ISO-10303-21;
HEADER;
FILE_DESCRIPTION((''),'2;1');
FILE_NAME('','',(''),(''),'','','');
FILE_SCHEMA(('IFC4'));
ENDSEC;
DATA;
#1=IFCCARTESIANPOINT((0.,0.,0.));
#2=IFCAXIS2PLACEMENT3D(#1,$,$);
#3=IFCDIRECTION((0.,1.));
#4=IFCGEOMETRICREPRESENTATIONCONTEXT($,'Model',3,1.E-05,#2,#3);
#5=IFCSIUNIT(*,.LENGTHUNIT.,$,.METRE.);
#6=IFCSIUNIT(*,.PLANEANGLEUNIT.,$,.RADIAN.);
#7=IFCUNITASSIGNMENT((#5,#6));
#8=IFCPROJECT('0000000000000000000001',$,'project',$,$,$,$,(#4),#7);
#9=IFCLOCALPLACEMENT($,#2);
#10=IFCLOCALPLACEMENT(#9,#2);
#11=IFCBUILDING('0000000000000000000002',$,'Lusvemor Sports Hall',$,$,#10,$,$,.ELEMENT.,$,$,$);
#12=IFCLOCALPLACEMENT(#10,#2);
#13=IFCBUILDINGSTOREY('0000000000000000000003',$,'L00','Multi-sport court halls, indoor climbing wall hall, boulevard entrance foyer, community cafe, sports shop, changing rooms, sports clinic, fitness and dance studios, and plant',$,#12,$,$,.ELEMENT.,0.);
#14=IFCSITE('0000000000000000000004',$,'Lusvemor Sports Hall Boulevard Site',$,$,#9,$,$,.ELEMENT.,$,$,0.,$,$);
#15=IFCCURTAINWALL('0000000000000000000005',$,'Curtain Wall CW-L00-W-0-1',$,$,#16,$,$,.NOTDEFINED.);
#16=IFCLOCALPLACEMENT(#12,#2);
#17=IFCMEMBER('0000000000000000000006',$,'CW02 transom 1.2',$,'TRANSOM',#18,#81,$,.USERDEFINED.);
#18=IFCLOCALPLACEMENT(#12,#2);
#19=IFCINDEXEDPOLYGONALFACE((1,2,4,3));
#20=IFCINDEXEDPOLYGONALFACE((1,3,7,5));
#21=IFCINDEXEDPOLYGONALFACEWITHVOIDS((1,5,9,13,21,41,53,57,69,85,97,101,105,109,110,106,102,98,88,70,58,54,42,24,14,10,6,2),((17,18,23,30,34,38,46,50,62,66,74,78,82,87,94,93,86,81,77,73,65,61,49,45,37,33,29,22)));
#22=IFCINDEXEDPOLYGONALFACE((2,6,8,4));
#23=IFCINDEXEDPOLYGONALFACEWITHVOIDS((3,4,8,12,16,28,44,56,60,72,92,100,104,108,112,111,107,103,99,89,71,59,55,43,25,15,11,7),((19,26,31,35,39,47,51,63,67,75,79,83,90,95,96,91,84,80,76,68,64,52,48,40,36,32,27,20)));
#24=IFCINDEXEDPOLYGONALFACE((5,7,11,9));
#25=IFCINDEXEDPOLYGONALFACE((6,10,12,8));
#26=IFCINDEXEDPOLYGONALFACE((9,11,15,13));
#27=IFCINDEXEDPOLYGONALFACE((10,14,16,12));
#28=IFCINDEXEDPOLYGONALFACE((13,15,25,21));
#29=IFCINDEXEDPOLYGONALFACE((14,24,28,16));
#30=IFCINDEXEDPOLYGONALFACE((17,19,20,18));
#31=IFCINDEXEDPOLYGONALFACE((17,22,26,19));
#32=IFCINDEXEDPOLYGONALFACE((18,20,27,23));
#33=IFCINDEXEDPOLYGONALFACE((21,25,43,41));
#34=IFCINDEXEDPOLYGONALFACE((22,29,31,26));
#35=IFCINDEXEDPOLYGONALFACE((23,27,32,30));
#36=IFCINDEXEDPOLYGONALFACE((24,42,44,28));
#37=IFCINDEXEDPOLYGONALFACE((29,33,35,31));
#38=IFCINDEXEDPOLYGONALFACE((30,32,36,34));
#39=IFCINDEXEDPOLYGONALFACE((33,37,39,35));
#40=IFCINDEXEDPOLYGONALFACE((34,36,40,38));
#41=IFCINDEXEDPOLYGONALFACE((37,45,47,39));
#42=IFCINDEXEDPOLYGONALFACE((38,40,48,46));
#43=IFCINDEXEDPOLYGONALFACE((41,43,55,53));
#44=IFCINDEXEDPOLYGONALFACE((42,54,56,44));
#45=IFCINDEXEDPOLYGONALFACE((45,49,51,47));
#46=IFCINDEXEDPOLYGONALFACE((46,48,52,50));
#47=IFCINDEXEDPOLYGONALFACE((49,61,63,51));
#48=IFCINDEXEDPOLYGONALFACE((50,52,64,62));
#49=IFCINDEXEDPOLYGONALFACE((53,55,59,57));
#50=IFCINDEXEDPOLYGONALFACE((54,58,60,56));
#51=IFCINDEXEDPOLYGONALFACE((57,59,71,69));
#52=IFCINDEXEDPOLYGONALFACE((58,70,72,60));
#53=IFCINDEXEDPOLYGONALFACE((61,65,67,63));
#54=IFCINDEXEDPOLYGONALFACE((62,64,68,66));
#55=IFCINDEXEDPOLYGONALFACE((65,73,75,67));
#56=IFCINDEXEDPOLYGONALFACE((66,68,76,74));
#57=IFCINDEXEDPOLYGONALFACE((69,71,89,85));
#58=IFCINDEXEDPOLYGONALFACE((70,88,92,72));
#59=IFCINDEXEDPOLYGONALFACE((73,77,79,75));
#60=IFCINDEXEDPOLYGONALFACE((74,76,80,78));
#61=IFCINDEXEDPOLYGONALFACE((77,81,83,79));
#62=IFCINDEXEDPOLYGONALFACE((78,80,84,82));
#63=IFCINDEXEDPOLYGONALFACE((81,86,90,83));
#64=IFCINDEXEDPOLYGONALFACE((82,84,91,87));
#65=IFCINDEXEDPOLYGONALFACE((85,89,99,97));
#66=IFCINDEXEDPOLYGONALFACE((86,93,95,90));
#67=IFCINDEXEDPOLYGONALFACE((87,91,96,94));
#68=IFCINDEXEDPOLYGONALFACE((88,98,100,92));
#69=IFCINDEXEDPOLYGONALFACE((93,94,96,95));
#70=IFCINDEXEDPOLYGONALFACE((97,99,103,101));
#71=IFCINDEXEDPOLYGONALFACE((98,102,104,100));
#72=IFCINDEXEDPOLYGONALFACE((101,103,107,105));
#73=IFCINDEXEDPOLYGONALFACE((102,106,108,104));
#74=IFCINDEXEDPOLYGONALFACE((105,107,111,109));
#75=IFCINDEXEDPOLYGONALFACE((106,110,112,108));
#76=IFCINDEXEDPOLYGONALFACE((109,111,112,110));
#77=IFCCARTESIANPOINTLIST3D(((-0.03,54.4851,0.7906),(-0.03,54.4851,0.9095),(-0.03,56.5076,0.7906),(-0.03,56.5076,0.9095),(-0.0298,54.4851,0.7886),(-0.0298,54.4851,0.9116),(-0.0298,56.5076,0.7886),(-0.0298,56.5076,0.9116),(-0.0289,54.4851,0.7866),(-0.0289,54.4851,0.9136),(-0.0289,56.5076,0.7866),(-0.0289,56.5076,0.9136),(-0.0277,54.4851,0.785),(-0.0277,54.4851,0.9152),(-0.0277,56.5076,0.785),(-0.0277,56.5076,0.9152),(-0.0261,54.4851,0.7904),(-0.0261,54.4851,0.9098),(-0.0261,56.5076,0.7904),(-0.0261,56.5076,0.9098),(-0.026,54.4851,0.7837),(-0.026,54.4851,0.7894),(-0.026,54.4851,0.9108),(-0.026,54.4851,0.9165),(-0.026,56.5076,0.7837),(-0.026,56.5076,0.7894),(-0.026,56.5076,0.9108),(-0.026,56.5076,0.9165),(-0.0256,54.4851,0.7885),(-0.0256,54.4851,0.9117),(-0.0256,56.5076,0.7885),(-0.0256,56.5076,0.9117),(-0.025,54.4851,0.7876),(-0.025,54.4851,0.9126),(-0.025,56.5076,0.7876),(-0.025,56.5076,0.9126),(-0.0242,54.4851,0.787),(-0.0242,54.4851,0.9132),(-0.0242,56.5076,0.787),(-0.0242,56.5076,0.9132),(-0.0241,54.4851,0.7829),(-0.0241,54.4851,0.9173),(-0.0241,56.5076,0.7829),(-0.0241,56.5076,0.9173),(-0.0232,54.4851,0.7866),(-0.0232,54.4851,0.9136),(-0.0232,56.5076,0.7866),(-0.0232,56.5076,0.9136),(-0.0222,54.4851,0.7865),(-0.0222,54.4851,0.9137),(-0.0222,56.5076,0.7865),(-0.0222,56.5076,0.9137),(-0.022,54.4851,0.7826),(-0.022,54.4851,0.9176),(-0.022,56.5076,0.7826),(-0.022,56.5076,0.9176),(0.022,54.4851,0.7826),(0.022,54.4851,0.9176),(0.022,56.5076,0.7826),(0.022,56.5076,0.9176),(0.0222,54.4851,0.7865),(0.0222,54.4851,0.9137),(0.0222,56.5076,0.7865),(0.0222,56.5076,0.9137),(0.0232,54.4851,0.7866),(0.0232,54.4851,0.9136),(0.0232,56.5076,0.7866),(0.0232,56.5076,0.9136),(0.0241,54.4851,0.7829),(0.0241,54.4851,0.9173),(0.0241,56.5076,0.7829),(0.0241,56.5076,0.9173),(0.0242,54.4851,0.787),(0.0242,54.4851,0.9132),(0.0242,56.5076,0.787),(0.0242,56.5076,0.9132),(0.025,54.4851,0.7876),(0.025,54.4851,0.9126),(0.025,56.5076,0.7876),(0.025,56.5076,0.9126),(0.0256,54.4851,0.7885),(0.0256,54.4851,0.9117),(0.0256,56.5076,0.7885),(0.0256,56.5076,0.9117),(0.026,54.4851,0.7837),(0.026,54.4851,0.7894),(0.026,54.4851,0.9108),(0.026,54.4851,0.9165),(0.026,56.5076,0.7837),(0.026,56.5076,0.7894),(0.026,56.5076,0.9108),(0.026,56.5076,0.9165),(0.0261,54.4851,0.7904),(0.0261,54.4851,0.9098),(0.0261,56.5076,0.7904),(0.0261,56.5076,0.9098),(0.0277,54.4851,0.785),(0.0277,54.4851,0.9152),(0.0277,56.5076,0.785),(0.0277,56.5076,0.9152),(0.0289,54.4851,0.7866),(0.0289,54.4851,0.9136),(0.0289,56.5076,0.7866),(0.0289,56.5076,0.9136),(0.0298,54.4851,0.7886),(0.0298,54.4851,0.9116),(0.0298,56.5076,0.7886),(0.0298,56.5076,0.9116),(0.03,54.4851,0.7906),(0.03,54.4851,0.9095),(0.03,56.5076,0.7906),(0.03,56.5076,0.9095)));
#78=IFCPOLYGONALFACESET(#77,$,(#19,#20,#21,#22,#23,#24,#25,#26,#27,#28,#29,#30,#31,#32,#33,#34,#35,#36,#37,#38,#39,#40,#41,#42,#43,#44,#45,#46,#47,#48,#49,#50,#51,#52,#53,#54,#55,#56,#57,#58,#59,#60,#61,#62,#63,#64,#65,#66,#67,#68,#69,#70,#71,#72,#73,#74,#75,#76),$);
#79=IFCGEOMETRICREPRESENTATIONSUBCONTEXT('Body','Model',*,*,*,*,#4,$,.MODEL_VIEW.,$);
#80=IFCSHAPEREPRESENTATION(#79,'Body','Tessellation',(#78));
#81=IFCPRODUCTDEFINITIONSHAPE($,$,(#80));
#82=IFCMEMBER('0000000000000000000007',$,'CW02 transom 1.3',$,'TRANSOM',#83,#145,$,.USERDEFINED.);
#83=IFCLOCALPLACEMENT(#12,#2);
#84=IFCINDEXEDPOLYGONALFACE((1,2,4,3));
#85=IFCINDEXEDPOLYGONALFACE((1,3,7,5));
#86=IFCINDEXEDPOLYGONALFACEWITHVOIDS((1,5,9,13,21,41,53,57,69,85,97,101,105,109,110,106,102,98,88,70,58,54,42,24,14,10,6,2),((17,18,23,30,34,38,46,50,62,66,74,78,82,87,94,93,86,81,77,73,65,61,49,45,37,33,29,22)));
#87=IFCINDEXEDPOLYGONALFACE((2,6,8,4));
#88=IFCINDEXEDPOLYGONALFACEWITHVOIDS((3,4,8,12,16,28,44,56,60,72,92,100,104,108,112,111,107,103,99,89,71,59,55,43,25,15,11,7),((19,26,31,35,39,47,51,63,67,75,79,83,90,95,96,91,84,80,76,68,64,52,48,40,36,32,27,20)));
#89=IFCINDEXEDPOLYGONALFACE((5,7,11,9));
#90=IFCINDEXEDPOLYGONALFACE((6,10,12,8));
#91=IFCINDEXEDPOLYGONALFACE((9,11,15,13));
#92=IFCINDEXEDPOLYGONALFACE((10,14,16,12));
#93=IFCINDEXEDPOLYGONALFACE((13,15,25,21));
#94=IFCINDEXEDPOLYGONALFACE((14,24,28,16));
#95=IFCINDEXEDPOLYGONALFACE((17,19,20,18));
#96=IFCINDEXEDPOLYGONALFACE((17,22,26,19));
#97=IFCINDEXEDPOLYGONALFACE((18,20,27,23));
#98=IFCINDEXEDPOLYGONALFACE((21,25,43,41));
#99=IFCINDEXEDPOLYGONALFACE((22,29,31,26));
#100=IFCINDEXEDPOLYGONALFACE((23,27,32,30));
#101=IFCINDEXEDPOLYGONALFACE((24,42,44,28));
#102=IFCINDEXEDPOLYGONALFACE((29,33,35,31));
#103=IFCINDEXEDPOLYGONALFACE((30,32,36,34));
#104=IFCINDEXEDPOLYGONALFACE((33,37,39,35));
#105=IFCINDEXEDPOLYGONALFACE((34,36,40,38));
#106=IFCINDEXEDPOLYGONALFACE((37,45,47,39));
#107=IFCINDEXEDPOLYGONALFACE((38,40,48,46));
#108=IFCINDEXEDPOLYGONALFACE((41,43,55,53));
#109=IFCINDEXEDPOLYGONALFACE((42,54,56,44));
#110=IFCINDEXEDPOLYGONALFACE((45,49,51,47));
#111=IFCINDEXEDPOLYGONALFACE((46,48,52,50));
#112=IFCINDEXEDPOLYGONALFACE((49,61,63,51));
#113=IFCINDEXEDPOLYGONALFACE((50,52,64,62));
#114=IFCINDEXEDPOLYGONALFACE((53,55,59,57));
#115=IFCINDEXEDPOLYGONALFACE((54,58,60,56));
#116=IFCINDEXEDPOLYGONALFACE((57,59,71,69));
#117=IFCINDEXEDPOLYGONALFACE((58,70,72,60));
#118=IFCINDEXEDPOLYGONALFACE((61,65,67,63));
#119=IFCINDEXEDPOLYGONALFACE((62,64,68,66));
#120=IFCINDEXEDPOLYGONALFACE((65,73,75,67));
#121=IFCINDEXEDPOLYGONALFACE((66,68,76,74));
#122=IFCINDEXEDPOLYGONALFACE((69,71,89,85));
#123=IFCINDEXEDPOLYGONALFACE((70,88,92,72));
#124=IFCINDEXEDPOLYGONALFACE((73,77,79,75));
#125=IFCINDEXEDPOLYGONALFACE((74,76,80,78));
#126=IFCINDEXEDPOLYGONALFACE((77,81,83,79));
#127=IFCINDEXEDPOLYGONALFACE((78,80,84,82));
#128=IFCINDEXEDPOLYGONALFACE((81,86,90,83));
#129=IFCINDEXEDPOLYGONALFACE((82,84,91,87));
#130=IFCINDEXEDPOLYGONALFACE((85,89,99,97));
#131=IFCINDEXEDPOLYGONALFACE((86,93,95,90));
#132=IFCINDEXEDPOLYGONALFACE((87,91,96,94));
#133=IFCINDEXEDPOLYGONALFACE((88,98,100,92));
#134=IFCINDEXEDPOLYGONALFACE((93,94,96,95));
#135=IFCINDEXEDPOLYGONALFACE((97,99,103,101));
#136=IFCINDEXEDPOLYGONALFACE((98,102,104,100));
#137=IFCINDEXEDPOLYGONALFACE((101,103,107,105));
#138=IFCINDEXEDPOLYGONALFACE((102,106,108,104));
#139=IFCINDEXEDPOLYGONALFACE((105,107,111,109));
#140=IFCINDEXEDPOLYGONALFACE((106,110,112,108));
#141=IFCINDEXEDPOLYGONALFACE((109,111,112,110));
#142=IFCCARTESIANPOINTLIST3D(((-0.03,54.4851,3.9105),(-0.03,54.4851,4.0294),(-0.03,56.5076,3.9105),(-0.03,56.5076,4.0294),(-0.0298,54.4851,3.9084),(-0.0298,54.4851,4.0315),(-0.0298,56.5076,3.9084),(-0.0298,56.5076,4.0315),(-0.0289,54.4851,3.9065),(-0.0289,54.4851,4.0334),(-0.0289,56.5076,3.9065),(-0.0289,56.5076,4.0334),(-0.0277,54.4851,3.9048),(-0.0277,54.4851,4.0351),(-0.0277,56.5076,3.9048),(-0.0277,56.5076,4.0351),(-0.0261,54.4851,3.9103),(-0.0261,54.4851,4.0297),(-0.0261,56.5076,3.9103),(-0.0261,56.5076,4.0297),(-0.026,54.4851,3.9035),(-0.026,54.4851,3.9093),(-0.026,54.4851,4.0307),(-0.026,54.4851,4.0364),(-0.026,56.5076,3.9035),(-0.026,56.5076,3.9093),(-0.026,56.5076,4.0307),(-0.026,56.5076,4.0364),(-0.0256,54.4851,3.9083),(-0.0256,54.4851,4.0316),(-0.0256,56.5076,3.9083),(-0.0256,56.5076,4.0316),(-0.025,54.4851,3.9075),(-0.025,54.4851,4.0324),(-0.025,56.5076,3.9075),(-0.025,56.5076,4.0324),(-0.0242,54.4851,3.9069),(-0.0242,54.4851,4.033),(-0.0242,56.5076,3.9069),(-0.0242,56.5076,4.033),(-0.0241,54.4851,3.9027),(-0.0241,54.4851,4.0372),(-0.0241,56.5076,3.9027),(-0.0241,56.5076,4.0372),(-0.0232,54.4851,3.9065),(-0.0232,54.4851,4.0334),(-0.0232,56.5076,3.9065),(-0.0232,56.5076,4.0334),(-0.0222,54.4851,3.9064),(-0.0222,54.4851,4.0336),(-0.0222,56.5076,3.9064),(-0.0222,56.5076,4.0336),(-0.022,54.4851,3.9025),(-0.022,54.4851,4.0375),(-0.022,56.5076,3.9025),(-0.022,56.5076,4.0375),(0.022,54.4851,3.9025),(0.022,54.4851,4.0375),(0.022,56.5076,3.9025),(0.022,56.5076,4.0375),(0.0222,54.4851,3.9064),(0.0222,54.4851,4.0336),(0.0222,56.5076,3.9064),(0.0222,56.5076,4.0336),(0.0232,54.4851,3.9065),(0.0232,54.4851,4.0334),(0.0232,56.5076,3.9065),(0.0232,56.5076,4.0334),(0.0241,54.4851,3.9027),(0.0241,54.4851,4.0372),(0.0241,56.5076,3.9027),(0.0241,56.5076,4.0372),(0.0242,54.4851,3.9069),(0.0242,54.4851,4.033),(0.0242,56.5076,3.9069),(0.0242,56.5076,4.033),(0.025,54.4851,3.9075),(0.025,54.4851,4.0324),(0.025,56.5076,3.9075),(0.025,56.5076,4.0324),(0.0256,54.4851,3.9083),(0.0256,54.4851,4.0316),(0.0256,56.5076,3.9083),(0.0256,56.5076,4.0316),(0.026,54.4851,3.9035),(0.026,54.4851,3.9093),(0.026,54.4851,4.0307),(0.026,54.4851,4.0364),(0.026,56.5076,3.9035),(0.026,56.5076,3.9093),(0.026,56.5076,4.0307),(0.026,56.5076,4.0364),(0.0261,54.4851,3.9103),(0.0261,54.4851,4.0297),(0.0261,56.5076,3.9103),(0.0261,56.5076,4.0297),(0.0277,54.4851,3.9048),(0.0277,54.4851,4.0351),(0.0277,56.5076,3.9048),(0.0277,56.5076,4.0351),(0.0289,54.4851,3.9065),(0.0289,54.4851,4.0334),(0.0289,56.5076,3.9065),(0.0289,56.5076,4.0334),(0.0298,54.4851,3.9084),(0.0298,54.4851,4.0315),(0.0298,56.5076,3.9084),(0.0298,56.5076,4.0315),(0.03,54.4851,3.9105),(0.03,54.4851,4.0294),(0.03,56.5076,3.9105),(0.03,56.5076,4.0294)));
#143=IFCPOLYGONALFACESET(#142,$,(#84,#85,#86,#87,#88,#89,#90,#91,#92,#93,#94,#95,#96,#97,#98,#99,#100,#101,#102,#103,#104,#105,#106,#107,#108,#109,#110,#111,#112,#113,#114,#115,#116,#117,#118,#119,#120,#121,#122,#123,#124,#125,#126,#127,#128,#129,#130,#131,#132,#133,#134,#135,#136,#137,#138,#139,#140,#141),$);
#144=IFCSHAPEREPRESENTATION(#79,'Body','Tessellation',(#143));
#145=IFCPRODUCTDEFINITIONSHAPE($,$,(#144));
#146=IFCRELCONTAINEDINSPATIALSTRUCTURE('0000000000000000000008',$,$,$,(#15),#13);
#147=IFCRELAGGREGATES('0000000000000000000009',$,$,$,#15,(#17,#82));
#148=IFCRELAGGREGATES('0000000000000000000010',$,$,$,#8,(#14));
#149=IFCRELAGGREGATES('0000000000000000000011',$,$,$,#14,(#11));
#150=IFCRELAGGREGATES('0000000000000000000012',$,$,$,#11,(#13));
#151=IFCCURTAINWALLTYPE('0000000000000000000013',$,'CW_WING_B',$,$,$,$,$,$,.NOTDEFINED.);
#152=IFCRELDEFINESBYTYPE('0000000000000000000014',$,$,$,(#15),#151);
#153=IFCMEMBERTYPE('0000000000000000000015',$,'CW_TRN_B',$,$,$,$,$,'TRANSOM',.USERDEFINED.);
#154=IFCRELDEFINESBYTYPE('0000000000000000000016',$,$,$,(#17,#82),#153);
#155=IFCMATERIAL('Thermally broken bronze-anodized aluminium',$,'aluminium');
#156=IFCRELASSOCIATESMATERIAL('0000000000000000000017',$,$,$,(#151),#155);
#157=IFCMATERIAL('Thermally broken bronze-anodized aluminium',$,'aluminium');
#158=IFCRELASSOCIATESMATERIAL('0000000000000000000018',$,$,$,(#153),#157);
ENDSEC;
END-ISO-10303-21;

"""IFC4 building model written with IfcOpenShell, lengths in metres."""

from ifc_helpers import new_model, si_unit, direction, frame, origin, origin_2d, place, context, subcontext, project, spatial, hollow_rectangle, extrude, material, material_profile, profile_set, type_object, element, aggregate, save


model = new_model("IFC4")

# Units and contexts
model_context = context("Model", 3, precision=1e-05, world=origin(), true_north=direction((0.0, 1.0)))
body_context = subcontext(model_context, "Body", "Model", "MODEL_VIEW")
ifc_project = project(units=[si_unit("LENGTHUNIT", "METRE"), si_unit("PLANEANGLEUNIT", "RADIAN")], contexts=[model_context])

# Site, building, storey
site_placement = place(None, origin())
site = spatial("IfcSite", under=ifc_project, at=site_placement, Name="Lusvemor Sports Hall Boulevard Site", CompositionType="ELEMENT", RefElevation=0.0)
building_placement = place(site_placement, origin())
building = spatial("IfcBuilding", under=site, at=building_placement, Name="Lusvemor Sports Hall", CompositionType="ELEMENT")
storey_placement = place(building_placement, origin())
storey = spatial("IfcBuildingStorey", under=building, at=storey_placement, Name="L00", Description="Multi-sport court halls, indoor climbing wall hall, boulevard entrance foyer, community cafe, sports shop, changing rooms, sports clinic, fitness and dance studios, and plant", CompositionType="ELEMENT", Elevation=0.0)

# Curtain wall, members
ifc_material_1 = material(Name="Thermally broken bronze-anodized aluminium", Category="aluminium")
curtain_wall_type = type_object("IfcCurtainWallType", Name="CW_WING_B", PredefinedType="NOTDEFINED", material=ifc_material_1)
curtain_wall_placement = place(storey_placement, origin())
curtain_wall = element("IfcCurtainWall", 1, at=curtain_wall_placement, inside=storey, type_object=curtain_wall_type, Name="Curtain Wall CW-L00-W-0-1", PredefinedType="NOTDEFINED")
ifc_material_2 = material(Name="Thermally broken bronze-anodized aluminium", Category="aluminium")
ifc_material_profile_1 = material_profile(ifc_material_2, hollow_rectangle(XDim=0.0601, YDim=0.135, WallThickness=0.0039, InnerFilletRadius=0.0039, OuterFilletRadius=0.0081, at=origin_2d()), Name="CWTRN135x60x4")
ifc_profile_set_1 = profile_set([ifc_material_profile_1], Name="Thermally broken bronze-anodized aluminium")
member_type_1 = type_object("IfcMemberType", Name="CW_TRN_B", ElementType="TRANSOM", PredefinedType="USERDEFINED", material=ifc_profile_set_1)
member_1_placement = place(storey_placement, frame((0.0, 54.4851, 0.8501), z_axis=(0.0, 1.0, 0.0), x_axis=(-1.0, 0.0, 0.0)))
member_1 = element("IfcMember", 2, at=member_1_placement, type_object=member_type_1, Name="CW02 transom 1.2", ObjectType="TRANSOM", PredefinedType="USERDEFINED", context=body_context, shape_type="SweptSolid", body=[
    extrude(hollow_rectangle(XDim=0.0601, YDim=0.135, WallThickness=0.0039, InnerFilletRadius=0.0039, OuterFilletRadius=0.0081, at=origin_2d()), origin(), (0.0, 0.0, 1.0), 2.0225),
])
member_2_placement = place(storey_placement, frame((0.0, 54.4851, 3.97), z_axis=(0.0, 1.0, 0.0), x_axis=(-1.0, 0.0, 0.0)))
member_2 = element("IfcMember", 3, at=member_2_placement, type_object=member_type_1, Name="CW02 transom 1.3", ObjectType="TRANSOM", PredefinedType="USERDEFINED", context=body_context, shape_type="SweptSolid", body=[
    extrude(hollow_rectangle(XDim=0.0601, YDim=0.135, WallThickness=0.0039, InnerFilletRadius=0.0039, OuterFilletRadius=0.0081, at=origin_2d()), origin(), (0.0, 0.0, 1.0), 2.0225),
])
aggregate(curtain_wall, [member_1, member_2])

save(model, "model.ifc")
